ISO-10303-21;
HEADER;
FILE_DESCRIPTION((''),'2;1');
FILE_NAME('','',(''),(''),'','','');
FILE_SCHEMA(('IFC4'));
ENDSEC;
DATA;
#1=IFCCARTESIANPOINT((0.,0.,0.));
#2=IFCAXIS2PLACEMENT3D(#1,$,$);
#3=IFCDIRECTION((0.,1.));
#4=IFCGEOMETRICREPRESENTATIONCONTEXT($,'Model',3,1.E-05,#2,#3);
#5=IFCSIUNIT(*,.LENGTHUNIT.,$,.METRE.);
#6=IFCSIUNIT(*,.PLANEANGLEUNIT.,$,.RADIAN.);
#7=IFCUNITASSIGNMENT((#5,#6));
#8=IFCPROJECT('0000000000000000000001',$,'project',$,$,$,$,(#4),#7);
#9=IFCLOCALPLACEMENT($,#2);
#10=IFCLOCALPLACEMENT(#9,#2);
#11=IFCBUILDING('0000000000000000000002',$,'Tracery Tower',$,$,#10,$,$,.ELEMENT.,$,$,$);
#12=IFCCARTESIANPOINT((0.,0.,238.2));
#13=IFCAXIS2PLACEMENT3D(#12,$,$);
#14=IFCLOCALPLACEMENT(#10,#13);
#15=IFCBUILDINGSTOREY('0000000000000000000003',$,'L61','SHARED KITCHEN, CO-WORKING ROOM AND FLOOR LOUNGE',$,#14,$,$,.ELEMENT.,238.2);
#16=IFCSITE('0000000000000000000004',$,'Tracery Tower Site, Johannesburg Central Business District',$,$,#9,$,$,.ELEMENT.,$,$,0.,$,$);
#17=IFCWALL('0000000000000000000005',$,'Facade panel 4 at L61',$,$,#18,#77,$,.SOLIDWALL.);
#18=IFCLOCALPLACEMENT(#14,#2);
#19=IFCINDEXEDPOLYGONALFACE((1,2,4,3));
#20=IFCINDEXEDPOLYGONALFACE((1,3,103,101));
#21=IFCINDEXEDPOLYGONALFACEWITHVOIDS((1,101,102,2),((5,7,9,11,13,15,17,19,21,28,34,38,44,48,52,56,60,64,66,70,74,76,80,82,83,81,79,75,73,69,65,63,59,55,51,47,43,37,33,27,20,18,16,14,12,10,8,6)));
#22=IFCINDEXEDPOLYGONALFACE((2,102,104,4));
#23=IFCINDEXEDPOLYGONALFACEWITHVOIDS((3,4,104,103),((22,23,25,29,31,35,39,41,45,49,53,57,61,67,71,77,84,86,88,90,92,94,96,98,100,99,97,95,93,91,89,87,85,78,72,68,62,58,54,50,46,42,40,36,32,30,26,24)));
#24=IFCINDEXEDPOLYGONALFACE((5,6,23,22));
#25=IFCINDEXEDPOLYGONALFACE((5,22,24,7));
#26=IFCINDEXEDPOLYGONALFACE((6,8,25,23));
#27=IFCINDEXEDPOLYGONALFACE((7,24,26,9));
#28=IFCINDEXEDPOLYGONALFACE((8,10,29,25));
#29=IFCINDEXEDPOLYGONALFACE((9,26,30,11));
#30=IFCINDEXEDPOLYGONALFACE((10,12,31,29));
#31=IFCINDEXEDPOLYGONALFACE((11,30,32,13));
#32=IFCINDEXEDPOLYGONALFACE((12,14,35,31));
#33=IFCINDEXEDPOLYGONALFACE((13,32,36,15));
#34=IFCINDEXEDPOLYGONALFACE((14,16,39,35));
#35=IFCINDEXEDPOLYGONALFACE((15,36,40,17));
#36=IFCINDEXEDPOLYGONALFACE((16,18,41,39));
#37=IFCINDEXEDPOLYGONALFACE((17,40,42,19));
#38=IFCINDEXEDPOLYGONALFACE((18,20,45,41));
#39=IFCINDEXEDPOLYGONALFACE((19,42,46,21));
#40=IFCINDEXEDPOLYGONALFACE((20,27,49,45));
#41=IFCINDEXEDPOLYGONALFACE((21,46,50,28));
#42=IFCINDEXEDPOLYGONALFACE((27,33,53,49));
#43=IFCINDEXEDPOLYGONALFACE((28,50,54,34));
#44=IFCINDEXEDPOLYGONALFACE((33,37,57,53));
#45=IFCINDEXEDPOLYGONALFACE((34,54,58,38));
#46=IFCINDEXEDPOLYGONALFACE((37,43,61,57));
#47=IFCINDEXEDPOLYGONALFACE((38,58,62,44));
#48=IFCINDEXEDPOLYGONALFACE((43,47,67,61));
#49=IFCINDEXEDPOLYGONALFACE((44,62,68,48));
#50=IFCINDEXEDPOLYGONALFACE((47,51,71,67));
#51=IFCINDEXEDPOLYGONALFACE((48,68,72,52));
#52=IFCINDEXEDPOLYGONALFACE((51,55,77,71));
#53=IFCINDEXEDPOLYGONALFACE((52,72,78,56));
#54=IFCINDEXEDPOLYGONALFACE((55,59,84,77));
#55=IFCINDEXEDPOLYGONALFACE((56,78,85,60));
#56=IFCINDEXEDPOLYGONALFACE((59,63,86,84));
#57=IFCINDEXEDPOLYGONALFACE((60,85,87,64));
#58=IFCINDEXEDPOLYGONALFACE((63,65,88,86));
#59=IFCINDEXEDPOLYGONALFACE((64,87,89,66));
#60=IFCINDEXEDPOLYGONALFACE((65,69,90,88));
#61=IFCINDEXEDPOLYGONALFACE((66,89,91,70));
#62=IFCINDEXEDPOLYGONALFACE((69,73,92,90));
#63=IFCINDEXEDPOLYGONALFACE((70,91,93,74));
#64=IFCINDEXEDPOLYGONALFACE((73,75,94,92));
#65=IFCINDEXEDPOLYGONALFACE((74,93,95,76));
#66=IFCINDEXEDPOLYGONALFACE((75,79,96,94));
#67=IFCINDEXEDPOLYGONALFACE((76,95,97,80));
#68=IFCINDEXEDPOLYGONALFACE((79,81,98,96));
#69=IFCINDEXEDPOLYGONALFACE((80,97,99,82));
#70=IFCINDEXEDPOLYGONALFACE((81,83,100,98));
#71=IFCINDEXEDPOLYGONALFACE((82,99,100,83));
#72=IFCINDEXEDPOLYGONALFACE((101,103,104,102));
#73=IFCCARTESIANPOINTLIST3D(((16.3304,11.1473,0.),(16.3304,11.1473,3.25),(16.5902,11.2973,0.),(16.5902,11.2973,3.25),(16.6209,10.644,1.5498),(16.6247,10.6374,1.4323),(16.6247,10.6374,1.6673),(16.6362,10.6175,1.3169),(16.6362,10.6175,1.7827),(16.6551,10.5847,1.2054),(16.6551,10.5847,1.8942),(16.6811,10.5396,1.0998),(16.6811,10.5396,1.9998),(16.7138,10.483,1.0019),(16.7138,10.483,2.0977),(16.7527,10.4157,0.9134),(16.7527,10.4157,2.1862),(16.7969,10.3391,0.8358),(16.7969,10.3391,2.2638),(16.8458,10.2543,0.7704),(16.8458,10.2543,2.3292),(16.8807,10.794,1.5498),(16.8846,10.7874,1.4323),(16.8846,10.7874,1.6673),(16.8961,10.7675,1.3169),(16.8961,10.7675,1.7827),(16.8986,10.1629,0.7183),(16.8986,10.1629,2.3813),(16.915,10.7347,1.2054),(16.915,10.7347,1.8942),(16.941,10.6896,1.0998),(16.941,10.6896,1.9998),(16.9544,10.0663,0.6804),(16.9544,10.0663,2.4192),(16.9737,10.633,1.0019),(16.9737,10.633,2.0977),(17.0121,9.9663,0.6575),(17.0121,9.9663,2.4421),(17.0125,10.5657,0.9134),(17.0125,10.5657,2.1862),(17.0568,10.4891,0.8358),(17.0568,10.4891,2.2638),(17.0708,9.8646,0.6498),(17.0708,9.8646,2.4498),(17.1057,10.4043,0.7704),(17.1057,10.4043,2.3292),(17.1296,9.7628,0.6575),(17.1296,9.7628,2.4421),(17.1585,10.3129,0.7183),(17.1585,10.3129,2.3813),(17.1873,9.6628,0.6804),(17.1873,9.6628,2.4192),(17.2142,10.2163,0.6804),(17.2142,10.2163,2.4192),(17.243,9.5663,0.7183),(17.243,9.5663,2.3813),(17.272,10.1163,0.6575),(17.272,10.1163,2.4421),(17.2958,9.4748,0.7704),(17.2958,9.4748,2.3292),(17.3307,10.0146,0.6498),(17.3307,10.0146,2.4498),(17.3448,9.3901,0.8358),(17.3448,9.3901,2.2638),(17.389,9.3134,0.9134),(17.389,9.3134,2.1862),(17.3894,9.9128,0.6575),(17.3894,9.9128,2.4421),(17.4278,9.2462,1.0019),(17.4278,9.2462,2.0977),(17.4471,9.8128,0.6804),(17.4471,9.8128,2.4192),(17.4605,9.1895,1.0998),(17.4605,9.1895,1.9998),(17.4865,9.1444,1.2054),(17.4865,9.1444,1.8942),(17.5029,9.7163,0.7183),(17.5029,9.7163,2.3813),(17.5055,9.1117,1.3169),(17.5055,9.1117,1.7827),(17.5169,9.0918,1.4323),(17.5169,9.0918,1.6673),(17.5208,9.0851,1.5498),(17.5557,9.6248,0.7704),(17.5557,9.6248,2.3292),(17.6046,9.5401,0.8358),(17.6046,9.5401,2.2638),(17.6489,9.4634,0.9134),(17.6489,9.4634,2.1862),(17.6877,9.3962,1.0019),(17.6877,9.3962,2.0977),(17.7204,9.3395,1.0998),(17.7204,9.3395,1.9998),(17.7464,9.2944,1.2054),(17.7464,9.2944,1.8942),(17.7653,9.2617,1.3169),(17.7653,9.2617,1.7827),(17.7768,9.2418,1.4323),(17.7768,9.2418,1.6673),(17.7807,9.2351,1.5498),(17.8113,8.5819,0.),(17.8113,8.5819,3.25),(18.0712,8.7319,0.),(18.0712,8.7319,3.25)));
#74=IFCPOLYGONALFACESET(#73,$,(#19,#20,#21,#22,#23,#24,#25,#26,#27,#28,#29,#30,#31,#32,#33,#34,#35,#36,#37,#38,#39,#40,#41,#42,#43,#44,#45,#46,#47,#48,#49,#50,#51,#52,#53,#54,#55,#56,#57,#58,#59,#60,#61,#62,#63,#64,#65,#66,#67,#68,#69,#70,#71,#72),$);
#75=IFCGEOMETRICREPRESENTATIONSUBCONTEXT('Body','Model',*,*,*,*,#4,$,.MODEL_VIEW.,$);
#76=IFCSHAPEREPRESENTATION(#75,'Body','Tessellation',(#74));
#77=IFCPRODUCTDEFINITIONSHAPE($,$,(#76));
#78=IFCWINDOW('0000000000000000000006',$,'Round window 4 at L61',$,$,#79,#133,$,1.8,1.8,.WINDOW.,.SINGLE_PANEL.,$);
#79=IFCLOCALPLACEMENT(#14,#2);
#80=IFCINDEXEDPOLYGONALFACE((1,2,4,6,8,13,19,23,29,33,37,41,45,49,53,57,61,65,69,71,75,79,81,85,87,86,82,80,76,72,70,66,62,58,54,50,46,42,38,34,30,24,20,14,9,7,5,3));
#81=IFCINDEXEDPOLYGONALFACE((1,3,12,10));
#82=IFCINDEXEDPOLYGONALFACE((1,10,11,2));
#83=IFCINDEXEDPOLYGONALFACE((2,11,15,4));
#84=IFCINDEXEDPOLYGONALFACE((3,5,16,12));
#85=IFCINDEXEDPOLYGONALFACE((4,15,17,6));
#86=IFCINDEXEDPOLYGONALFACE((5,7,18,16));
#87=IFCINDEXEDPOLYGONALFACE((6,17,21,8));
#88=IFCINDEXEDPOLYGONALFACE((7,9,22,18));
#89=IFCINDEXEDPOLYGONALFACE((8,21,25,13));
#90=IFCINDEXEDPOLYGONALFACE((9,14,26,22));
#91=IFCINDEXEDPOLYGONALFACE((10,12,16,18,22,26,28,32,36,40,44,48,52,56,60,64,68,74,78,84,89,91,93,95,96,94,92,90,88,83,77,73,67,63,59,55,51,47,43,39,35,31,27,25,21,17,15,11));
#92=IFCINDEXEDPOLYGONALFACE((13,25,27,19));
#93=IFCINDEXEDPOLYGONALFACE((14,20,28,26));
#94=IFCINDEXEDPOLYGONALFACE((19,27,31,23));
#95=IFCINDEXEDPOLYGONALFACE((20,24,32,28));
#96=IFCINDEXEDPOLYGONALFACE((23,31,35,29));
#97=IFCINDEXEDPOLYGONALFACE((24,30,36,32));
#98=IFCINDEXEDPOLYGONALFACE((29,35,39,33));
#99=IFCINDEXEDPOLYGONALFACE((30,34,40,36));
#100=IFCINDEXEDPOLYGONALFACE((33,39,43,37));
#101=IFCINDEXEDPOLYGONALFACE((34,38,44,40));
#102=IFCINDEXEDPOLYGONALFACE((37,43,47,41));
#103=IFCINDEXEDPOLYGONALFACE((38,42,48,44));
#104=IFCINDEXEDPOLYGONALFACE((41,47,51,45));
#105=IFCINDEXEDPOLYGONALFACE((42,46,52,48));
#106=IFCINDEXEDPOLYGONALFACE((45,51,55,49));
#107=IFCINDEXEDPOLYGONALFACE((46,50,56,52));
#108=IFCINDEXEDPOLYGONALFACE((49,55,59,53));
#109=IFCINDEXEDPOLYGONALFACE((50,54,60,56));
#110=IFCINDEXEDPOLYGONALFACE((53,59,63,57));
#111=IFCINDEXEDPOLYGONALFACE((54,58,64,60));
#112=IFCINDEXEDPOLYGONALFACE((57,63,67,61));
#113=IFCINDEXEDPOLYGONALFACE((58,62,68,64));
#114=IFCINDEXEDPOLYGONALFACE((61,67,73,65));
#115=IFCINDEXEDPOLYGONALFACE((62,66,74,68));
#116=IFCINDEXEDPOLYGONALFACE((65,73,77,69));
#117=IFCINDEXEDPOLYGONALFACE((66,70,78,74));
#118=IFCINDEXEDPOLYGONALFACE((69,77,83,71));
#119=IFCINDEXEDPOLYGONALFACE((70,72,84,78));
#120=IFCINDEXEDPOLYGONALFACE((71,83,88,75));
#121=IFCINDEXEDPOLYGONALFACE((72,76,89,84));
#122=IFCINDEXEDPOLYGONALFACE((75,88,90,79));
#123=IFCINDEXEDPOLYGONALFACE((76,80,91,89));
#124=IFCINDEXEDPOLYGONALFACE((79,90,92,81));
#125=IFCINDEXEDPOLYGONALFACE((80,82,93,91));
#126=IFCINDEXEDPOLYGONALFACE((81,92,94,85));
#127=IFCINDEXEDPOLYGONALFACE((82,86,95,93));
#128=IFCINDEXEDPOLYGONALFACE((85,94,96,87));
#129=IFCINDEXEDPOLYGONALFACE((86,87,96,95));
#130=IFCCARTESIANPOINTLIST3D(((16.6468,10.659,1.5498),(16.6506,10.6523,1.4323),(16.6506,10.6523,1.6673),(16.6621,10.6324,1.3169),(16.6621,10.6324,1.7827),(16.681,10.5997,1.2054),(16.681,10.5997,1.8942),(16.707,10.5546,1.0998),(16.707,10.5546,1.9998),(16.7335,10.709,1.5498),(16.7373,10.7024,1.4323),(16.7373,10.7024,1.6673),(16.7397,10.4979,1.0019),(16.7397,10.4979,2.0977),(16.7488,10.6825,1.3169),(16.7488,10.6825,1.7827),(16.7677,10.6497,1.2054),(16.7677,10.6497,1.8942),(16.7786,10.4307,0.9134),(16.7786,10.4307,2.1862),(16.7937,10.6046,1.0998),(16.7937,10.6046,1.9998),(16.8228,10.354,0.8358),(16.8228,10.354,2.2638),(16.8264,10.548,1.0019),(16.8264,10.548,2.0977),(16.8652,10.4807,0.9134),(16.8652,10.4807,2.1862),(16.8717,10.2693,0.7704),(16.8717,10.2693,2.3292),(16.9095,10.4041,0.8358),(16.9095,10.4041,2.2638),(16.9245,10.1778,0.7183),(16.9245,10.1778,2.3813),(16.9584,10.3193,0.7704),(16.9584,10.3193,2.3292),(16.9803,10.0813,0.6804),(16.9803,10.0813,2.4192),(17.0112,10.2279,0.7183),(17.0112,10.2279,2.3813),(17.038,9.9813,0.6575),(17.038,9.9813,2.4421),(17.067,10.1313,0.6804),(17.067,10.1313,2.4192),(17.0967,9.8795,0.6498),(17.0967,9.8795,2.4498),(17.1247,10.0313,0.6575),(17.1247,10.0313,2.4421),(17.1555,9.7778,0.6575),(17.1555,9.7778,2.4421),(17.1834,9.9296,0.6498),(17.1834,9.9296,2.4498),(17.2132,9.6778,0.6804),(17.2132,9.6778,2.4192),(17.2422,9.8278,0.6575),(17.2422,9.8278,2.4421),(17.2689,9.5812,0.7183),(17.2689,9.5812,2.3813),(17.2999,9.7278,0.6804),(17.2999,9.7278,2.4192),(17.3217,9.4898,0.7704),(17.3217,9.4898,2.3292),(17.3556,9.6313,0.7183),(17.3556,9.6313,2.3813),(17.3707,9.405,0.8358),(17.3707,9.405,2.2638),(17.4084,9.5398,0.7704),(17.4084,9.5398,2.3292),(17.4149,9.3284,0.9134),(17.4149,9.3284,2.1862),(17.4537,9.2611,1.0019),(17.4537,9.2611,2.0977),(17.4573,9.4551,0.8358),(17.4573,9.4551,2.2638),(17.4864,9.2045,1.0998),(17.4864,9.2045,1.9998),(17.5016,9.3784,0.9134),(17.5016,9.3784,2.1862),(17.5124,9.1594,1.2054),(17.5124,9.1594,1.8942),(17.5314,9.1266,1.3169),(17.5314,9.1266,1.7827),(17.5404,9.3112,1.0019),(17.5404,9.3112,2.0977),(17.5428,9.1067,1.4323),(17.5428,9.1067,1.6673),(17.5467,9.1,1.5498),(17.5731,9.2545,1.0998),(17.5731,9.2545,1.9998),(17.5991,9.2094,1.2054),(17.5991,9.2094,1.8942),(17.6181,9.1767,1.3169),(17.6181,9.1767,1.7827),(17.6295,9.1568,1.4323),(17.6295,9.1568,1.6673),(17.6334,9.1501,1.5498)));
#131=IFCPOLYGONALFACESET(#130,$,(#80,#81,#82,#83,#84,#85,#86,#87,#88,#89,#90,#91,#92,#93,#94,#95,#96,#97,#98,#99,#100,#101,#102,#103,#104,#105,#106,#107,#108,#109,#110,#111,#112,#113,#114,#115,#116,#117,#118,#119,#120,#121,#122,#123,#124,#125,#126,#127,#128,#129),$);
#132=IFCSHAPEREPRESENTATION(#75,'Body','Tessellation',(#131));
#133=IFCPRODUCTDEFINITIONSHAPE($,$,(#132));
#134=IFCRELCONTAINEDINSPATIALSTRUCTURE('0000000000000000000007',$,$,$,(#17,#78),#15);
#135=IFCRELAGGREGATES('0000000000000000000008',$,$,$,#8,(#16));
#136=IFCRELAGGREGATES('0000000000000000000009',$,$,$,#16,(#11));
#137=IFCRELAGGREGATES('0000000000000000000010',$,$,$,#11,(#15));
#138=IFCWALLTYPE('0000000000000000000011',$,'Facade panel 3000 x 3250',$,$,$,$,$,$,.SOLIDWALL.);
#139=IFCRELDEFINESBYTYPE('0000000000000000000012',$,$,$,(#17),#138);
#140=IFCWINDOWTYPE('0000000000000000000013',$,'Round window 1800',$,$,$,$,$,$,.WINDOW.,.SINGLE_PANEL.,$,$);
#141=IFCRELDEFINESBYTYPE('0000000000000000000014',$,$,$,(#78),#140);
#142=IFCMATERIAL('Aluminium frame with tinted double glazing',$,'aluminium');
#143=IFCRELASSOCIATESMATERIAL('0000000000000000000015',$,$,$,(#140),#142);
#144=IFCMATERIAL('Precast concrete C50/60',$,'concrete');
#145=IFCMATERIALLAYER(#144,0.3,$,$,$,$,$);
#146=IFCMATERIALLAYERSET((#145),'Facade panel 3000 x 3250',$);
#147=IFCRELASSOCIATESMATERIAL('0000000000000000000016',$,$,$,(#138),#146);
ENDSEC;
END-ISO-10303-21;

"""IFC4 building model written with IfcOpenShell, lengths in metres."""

from ifc_helpers import new_model, si_unit, direction, frame, frame_2d, origin, origin_2d, place, context, subcontext, project, spatial, rectangle, circle, extrude, material, layer, layer_set, type_object, element, fill, save


model = new_model("IFC4")

# Units and contexts
model_context = context("Model", 3, precision=1e-05, world=origin(), true_north=direction((0.0, 1.0)))
body_context = subcontext(model_context, "Body", "Model", "MODEL_VIEW")
ifc_project = project(units=[si_unit("LENGTHUNIT", "METRE"), si_unit("PLANEANGLEUNIT", "RADIAN")], contexts=[model_context])

# Site, building, storey
site_placement = place(None, origin())
site = spatial("IfcSite", under=ifc_project, at=site_placement, Name="Tracery Tower Site, Johannesburg Central Business District", CompositionType="ELEMENT", RefElevation=0.0)
building_placement = place(site_placement, origin())
building = spatial("IfcBuilding", under=site, at=building_placement, Name="Tracery Tower", CompositionType="ELEMENT")
storey_placement = place(building_placement, frame((0.0, 0.0, 238.2)))
storey = spatial("IfcBuildingStorey", under=building, at=storey_placement, Name="L61", Description="SHARED KITCHEN, CO-WORKING ROOM AND FLOOR LOUNGE", CompositionType="ELEMENT", Elevation=238.2)

# Wall, opening, window
ifc_material_1 = material(Name="Aluminium frame with tinted double glazing", Category="aluminium")
window_type = type_object("IfcWindowType", Name="Round window 1800", PartitioningType="SINGLE_PANEL", PredefinedType="WINDOW", material=ifc_material_1)
ifc_material_2 = material(Name="Precast concrete C50/60", Category="concrete")
ifc_layer_1 = layer(ifc_material_2, 0.3)
ifc_layer_set_1 = layer_set([ifc_layer_1], Name="Facade panel 3000 x 3250")
wall_type_1 = type_object("IfcWallType", Name="Facade panel 3000 x 3250", PredefinedType="SOLIDWALL", material=ifc_layer_set_1)
wall_1_placement = place(storey_placement, frame((17.9412, 8.657, 0.0), z_axis=(0.0, 0.0, 1.0), x_axis=(-0.499951, 0.866054, 0.0)))
wall_1 = element("IfcWall", 1, at=wall_1_placement, inside=storey, type_object=wall_type_1, Name="Facade panel 4 at L61", PredefinedType="SOLIDWALL", context=body_context, shape_type="SweptSolid", body=[
    extrude(rectangle(XDim=2.9622, YDim=0.3, at=frame_2d((1.481, 0.0))), origin(), (0.0, 0.0, 1.0), 3.25),
])
opening_1_placement = place(wall_1_placement, frame((1.481, 0.0, 1.5498)))
opening_1 = element("IfcOpeningElement", 2, at=opening_1_placement, cuts=wall_1, PredefinedType="OPENING", context=body_context, shape_type="SweptSolid", body=[
    extrude(circle(Radius=0.9, at=origin_2d()), frame((0.0, 0.1599, 0.0), z_axis=(0.0, -1.0, 0.0), x_axis=(1.0, 0.0, 0.0)), (0.0, 0.0, 1.0), 0.3201),
])
window_1_placement = place(opening_1_placement, origin())
window_1 = element("IfcWindow", 3, at=window_1_placement, inside=storey, type_object=window_type, Name="Round window 4 at L61", OverallHeight=1.8, OverallWidth=1.8, PartitioningType="SINGLE_PANEL", PredefinedType="WINDOW", context=body_context, shape_type="SweptSolid", body=[
    extrude(circle(Radius=0.9, at=origin_2d()), frame((0.0, 0.1201, 0.0), z_axis=(0.0, -1.0, 0.0), x_axis=(1.0, 0.0, 0.0)), (0.0, 0.0, 1.0), 0.1001),
])
fill(opening_1, window_1)

save(model, "model.ifc")
